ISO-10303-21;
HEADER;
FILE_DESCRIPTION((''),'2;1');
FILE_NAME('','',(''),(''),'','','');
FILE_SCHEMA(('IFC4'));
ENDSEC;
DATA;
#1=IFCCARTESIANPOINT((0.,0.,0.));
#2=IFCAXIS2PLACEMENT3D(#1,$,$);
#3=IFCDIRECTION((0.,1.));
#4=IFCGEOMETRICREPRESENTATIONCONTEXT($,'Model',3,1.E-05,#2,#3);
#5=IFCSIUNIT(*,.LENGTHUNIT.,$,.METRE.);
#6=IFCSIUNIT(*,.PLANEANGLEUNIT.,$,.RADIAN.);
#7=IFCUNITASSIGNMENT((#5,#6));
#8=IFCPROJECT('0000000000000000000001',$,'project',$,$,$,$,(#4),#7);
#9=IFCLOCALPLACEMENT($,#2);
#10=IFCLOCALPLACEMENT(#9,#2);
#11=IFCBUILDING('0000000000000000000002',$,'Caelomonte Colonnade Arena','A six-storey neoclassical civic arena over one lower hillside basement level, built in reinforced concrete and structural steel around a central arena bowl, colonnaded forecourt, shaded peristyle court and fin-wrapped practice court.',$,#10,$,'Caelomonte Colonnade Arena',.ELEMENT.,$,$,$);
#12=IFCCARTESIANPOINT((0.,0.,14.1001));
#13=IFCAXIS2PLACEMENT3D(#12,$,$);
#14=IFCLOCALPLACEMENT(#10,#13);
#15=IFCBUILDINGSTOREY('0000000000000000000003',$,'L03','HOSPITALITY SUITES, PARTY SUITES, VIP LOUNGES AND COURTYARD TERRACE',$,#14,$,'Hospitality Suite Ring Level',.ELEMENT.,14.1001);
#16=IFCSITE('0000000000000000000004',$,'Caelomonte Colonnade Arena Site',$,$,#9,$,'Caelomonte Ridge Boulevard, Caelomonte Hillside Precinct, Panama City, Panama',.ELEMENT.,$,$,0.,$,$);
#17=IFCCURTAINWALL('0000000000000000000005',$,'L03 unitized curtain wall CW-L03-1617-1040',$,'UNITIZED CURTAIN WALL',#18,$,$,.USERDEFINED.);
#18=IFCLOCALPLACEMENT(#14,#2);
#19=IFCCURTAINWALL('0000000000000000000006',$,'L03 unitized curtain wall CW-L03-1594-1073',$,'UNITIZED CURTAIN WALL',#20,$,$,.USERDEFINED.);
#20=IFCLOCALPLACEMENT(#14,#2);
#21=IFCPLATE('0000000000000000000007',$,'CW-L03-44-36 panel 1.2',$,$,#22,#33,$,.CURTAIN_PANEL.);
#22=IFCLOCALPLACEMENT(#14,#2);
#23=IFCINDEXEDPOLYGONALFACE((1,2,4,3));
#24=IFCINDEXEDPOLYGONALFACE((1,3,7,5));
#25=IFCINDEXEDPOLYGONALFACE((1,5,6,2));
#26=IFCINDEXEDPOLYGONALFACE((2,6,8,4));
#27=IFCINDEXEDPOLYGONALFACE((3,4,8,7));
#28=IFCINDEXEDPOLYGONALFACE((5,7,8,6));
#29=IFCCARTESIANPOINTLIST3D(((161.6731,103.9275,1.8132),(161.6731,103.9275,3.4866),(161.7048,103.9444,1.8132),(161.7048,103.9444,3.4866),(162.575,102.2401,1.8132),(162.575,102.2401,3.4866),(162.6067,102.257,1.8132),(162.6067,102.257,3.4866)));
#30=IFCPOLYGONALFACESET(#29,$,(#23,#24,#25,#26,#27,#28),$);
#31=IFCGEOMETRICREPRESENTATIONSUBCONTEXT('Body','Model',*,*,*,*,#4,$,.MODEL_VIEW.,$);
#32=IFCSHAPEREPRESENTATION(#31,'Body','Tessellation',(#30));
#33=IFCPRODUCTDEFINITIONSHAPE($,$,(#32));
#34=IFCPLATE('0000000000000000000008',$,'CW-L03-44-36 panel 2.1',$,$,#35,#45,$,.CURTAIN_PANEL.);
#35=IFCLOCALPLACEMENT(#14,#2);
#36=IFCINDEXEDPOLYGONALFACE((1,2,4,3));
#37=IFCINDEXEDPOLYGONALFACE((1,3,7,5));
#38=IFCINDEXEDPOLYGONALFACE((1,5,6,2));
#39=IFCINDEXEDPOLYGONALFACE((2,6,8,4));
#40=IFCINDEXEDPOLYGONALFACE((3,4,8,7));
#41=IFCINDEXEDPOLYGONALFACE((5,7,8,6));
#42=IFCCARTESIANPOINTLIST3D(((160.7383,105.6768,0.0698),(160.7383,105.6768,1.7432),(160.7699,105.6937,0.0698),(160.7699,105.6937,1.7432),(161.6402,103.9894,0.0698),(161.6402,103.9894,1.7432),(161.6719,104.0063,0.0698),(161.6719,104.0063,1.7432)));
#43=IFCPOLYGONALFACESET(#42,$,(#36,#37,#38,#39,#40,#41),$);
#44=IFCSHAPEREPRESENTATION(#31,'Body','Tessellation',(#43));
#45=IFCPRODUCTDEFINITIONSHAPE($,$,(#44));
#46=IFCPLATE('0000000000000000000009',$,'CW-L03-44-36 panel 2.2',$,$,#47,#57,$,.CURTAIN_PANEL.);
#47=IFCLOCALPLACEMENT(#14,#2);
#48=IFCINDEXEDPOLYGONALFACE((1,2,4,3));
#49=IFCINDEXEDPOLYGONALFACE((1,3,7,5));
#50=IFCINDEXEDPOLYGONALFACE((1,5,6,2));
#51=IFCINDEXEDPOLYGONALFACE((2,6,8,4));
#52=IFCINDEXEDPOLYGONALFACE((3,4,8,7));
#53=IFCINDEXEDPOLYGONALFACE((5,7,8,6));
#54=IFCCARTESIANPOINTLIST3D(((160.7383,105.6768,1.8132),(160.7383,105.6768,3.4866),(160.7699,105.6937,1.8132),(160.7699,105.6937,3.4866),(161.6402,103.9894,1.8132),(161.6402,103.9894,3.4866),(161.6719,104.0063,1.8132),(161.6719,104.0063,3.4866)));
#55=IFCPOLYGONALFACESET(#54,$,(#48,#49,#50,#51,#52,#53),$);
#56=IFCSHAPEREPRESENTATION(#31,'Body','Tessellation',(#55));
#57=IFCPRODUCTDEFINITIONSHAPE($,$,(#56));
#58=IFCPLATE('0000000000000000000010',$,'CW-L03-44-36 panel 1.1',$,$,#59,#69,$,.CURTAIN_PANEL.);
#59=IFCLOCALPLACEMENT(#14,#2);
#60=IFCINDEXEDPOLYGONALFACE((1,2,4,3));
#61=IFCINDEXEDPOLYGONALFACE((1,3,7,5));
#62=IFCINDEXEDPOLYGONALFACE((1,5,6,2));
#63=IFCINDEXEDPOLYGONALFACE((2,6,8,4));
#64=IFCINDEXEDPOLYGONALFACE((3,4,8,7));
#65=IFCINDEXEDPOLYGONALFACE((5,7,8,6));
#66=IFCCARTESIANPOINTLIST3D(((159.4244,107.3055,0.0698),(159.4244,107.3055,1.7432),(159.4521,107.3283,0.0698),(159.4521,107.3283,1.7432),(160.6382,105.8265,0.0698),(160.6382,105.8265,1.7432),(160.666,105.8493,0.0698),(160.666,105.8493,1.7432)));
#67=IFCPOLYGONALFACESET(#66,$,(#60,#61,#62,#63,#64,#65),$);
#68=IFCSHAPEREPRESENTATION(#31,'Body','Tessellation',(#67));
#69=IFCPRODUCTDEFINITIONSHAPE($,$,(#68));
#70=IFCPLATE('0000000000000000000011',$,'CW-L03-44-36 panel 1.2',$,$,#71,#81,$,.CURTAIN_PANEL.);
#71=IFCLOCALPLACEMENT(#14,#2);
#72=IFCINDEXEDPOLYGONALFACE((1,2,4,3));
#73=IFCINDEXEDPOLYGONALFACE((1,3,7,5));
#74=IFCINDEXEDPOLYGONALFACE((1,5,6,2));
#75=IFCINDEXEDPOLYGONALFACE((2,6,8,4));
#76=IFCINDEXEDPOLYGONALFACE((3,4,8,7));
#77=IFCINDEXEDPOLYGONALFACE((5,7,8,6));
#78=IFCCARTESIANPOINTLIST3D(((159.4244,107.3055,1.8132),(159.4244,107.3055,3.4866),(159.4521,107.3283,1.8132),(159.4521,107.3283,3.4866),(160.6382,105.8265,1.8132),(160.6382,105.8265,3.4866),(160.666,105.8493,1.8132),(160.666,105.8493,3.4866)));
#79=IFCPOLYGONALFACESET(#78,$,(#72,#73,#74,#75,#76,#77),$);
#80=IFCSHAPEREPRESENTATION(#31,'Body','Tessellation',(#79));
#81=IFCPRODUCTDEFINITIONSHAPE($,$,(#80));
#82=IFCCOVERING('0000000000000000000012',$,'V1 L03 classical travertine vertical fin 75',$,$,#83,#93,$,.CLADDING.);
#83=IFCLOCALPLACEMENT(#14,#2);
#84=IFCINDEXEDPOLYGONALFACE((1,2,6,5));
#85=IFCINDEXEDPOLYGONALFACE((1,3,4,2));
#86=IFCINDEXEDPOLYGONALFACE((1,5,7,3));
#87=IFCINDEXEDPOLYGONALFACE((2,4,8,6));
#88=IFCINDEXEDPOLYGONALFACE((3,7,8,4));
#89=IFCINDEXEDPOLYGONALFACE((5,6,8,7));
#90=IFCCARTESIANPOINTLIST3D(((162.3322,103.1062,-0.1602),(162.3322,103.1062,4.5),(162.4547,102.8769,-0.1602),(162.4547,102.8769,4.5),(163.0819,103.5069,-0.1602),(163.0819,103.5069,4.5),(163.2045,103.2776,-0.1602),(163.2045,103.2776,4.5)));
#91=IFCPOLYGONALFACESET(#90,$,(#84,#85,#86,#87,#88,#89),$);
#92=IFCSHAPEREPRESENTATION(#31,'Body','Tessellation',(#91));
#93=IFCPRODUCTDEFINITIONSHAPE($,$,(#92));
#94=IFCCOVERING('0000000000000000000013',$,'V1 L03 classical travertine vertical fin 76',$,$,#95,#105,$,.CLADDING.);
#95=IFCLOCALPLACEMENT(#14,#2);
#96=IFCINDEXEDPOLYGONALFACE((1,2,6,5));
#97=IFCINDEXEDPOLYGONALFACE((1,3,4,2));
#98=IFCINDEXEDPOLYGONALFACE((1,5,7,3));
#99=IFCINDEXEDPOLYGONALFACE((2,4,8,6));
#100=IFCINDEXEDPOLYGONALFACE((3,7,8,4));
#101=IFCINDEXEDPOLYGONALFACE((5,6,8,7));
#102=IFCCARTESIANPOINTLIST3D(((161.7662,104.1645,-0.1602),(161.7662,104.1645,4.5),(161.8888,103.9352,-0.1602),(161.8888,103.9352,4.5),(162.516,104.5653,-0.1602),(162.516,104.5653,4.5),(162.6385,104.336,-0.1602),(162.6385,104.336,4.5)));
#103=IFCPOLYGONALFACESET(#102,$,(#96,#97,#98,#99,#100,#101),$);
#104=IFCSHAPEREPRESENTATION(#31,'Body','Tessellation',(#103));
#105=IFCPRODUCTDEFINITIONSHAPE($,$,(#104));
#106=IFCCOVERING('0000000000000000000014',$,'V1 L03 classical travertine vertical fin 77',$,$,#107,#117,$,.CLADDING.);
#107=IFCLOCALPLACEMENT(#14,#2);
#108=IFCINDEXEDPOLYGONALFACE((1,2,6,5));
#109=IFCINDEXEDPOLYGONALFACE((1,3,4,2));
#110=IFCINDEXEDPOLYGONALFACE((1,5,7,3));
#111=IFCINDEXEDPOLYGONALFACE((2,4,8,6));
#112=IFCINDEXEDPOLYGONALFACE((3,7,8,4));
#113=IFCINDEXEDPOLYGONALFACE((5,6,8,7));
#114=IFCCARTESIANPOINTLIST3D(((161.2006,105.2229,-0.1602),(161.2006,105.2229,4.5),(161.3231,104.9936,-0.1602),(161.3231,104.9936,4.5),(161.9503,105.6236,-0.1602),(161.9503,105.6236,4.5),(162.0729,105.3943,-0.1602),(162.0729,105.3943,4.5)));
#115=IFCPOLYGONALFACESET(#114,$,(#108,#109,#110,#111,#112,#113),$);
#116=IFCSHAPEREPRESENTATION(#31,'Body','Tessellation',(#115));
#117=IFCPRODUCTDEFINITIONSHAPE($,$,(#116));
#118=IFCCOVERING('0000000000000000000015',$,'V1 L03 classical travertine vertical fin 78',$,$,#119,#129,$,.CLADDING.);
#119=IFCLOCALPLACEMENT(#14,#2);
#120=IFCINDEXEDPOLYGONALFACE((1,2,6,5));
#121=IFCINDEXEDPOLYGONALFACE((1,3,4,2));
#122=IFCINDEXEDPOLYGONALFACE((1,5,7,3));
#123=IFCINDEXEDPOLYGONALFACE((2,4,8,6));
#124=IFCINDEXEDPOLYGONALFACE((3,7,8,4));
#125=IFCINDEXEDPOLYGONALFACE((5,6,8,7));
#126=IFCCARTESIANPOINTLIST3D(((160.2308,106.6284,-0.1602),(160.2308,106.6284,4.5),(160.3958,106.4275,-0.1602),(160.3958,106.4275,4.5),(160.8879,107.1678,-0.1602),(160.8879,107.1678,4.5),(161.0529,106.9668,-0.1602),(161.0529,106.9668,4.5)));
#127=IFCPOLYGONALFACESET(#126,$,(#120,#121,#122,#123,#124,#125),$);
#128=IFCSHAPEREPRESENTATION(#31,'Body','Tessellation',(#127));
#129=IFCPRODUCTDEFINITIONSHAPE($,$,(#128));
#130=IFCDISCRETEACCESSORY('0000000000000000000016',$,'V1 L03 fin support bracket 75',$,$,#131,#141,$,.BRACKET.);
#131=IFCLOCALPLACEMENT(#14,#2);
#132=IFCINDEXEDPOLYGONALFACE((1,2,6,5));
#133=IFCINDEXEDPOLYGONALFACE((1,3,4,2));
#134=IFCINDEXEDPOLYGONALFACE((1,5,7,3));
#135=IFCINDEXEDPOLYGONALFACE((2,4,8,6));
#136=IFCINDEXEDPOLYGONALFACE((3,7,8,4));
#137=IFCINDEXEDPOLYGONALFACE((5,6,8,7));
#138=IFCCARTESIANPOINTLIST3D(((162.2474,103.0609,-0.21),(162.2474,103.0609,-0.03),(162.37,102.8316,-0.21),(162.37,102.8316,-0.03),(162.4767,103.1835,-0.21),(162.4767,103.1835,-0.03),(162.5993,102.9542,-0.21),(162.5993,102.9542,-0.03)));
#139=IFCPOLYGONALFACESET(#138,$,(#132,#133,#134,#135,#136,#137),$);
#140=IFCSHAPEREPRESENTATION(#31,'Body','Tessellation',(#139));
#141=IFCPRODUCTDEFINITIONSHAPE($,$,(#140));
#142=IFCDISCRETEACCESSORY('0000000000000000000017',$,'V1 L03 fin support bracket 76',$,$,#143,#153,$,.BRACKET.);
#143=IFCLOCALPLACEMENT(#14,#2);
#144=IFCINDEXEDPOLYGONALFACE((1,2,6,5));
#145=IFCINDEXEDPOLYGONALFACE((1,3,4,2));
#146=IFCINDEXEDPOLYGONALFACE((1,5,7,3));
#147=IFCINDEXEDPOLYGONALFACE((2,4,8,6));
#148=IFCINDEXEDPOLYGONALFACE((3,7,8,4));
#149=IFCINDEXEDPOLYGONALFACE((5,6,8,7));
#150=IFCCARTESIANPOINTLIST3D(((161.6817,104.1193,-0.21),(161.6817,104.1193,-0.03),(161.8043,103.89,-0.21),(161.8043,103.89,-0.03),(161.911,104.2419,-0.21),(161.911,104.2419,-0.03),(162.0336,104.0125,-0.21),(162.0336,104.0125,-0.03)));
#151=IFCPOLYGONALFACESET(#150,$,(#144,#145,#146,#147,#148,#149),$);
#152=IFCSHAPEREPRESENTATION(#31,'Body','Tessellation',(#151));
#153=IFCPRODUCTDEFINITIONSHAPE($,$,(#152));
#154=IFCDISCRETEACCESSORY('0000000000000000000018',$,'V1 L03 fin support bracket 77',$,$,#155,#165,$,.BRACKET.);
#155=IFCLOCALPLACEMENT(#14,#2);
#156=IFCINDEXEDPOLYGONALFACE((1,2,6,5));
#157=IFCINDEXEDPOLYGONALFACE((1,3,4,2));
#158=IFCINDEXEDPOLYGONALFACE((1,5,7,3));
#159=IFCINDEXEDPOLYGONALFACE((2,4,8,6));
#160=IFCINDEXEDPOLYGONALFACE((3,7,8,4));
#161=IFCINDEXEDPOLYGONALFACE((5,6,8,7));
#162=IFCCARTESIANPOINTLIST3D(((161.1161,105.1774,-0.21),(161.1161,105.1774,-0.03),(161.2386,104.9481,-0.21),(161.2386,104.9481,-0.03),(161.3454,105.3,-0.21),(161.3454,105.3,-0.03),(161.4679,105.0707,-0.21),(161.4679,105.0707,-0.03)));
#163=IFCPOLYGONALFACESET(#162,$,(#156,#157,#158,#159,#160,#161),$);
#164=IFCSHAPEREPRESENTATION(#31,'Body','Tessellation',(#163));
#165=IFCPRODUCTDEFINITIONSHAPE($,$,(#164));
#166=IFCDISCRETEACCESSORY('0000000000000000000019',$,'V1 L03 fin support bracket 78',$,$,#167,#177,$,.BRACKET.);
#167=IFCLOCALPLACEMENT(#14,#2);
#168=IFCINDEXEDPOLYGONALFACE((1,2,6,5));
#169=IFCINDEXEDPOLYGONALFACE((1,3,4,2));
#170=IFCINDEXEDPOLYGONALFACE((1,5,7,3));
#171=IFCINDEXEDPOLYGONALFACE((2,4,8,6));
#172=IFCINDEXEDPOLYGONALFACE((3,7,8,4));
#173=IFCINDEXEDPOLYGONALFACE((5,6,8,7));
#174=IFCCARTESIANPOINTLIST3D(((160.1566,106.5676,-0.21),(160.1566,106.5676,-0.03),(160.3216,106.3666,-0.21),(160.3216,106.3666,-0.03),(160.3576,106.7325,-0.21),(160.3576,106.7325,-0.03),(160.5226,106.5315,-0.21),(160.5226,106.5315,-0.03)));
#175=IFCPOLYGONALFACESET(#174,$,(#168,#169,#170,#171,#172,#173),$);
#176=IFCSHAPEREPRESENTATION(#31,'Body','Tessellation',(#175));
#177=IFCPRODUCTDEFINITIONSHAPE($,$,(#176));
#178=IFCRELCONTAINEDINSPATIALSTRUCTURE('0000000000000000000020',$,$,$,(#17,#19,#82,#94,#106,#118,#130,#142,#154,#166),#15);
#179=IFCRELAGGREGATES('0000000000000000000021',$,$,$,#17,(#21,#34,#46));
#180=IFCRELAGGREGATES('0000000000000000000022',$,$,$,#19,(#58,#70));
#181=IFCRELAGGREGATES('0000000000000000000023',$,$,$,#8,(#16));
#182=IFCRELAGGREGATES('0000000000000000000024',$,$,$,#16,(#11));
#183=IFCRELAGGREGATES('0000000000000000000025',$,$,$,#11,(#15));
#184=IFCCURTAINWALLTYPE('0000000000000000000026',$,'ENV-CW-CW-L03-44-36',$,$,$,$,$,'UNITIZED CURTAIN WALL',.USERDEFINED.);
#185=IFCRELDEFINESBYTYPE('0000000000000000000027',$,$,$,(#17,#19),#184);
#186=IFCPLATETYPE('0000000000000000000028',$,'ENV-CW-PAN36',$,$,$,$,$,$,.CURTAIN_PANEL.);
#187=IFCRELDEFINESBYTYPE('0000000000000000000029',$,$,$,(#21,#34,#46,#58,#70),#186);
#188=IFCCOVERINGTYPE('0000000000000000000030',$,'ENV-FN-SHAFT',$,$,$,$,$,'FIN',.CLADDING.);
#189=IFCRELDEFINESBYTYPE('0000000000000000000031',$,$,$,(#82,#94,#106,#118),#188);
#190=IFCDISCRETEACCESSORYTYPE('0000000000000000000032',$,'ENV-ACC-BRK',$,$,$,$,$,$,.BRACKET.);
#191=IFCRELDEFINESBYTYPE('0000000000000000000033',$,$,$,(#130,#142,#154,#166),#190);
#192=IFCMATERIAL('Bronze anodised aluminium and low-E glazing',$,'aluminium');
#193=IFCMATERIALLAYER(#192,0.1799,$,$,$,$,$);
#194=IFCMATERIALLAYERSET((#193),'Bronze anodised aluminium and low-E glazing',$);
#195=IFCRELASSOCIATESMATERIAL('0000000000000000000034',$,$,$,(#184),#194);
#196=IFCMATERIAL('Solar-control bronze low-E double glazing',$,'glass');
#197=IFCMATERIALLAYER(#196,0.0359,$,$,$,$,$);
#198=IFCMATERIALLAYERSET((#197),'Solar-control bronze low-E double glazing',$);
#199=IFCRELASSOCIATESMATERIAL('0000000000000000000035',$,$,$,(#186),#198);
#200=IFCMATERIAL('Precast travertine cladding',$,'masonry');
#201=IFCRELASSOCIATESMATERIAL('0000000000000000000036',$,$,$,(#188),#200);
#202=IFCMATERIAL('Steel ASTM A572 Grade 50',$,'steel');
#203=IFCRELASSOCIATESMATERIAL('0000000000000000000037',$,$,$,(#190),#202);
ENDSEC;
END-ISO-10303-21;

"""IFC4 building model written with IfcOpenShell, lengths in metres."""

from ifc_helpers import new_model, si_unit, direction, frame, origin, origin_2d, place, context, subcontext, project, spatial, rectangle, extrude, material, layer, layer_set, material_profile, profile_set, type_object, element, aggregate, save


model = new_model("IFC4")

# Units and contexts
model_context = context("Model", 3, precision=1e-05, world=origin(), true_north=direction((0.0, 1.0)))
body_context = subcontext(model_context, "Body", "Model", "MODEL_VIEW")
ifc_project = project(units=[si_unit("LENGTHUNIT", "METRE"), si_unit("PLANEANGLEUNIT", "RADIAN")], contexts=[model_context])

# Site, building, storey
site_placement = place(None, origin())
site = spatial("IfcSite", under=ifc_project, at=site_placement, Name="Caelomonte Colonnade Arena Site", LongName="Caelomonte Ridge Boulevard, Caelomonte Hillside Precinct, Panama City, Panama", CompositionType="ELEMENT", RefElevation=0.0)
building_placement = place(site_placement, origin())
building = spatial("IfcBuilding", under=site, at=building_placement, Name="Caelomonte Colonnade Arena", Description="A six-storey neoclassical civic arena over one lower hillside basement level, built in reinforced concrete and structural steel around a central arena bowl, colonnaded forecourt, shaded peristyle court and fin-wrapped practice court.", LongName="Caelomonte Colonnade Arena", CompositionType="ELEMENT")
storey_placement = place(building_placement, frame((0.0, 0.0, 14.1001)))
storey = spatial("IfcBuildingStorey", under=building, at=storey_placement, Name="L03", Description="HOSPITALITY SUITES, PARTY SUITES, VIP LOUNGES AND COURTYARD TERRACE", LongName="Hospitality Suite Ring Level", CompositionType="ELEMENT", Elevation=14.1001)

# Shared definitions
ifc_material_1 = material(Name="Bronze anodised aluminium and low-E glazing", Category="aluminium")

# Curtain walls
ifc_layer_1 = layer(ifc_material_1, 0.1799)
ifc_layer_set_1 = layer_set([ifc_layer_1], Name="Bronze anodised aluminium and low-E glazing")
curtain_wall_type_1 = type_object("IfcCurtainWallType", Name="ENV-CW-CW-L03-44-36", ElementType="UNITIZED CURTAIN WALL", PredefinedType="USERDEFINED", material=ifc_layer_set_1)
curtain_wall_1_placement = place(storey_placement, origin())
curtain_wall_1 = element("IfcCurtainWall", 1, at=curtain_wall_1_placement, inside=storey, type_object=curtain_wall_type_1, Name="L03 unitized curtain wall CW-L03-1617-1040", ObjectType="UNITIZED CURTAIN WALL", PredefinedType="USERDEFINED")
curtain_wall_2_placement = place(storey_placement, origin())
curtain_wall_2 = element("IfcCurtainWall", 2, at=curtain_wall_2_placement, inside=storey, type_object=curtain_wall_type_1, Name="L03 unitized curtain wall CW-L03-1594-1073", ObjectType="UNITIZED CURTAIN WALL", PredefinedType="USERDEFINED")

# Plates
ifc_material_2 = material(Name="Solar-control bronze low-E double glazing", Category="glass")
ifc_layer_2 = layer(ifc_material_2, 0.0359)
ifc_layer_set_2 = layer_set([ifc_layer_2], Name="Solar-control bronze low-E double glazing")
plate_type = type_object("IfcPlateType", Name="ENV-CW-PAN36", PredefinedType="CURTAIN_PANEL", material=ifc_layer_set_2)
plate_1_placement = place(storey_placement, frame((162.1399, 103.0923, 1.8132), z_axis=(0.0, 0.0, 1.0), x_axis=(-0.471394, 0.881923, 0.0)))
plate_1 = element("IfcPlate", 3, at=plate_1_placement, type_object=plate_type, Name="CW-L03-44-36 panel 1.2", PredefinedType="CURTAIN_PANEL", context=body_context, shape_type="SweptSolid", body=[
    extrude(rectangle(XDim=1.9133, YDim=0.0359, at=origin_2d()), origin(), (0.0, 0.0, 1.0), 1.6733),
])
plate_2_placement = place(storey_placement, frame((161.2051, 104.8416, 0.0698), z_axis=(0.0, 0.0, 1.0), x_axis=(-0.471394, 0.881923, 0.0)))
plate_2 = element("IfcPlate", 4, at=plate_2_placement, type_object=plate_type, Name="CW-L03-44-36 panel 2.1", PredefinedType="CURTAIN_PANEL", context=body_context, shape_type="SweptSolid", body=[
    extrude(rectangle(XDim=1.9133, YDim=0.0359, at=origin_2d()), origin(), (0.0, 0.0, 1.0), 1.6733),
])
plate_3_placement = place(storey_placement, frame((161.2051, 104.8416, 1.8132), z_axis=(0.0, 0.0, 1.0), x_axis=(-0.471394, 0.881923, 0.0)))
plate_3 = element("IfcPlate", 5, at=plate_3_placement, type_object=plate_type, Name="CW-L03-44-36 panel 2.2", PredefinedType="CURTAIN_PANEL", context=body_context, shape_type="SweptSolid", body=[
    extrude(rectangle(XDim=1.9133, YDim=0.0359, at=origin_2d()), origin(), (0.0, 0.0, 1.0), 1.6733),
])
aggregate(curtain_wall_1, [plate_1, plate_2, plate_3])
plate_4_placement = place(storey_placement, frame((160.0452, 106.5774, 0.0698), z_axis=(0.0, 0.0, 1.0), x_axis=(-0.634416, 0.772992, 0.0)))
plate_4 = element("IfcPlate", 6, at=plate_4_placement, type_object=plate_type, Name="CW-L03-44-36 panel 1.1", PredefinedType="CURTAIN_PANEL", context=body_context, shape_type="SweptSolid", body=[
    extrude(rectangle(XDim=1.9133, YDim=0.0359, at=origin_2d()), origin(), (0.0, 0.0, 1.0), 1.6733),
])
plate_5_placement = place(storey_placement, frame((160.0452, 106.5774, 1.8132), z_axis=(0.0, 0.0, 1.0), x_axis=(-0.634416, 0.772992, 0.0)))
plate_5 = element("IfcPlate", 7, at=plate_5_placement, type_object=plate_type, Name="CW-L03-44-36 panel 1.2", PredefinedType="CURTAIN_PANEL", context=body_context, shape_type="SweptSolid", body=[
    extrude(rectangle(XDim=1.9133, YDim=0.0359, at=origin_2d()), origin(), (0.0, 0.0, 1.0), 1.6733),
])
aggregate(curtain_wall_2, [plate_4, plate_5])

# Coverings
ifc_material_3 = material(Name="Precast travertine cladding", Category="masonry")
ifc_material_profile_1 = material_profile(ifc_material_3, rectangle(XDim=0.26, YDim=0.8501, at=origin_2d()), Name="FIN260X850")
ifc_profile_set_1 = profile_set([ifc_material_profile_1], Name="Precast travertine cladding")
covering_type = type_object("IfcCoveringType", Name="ENV-FN-SHAFT", ElementType="FIN", PredefinedType="CLADDING", material=ifc_profile_set_1)
for number, where, z_axis, x_axis, name in (
    (8, (162.7683, 103.1919, -0.1602), (0.0, 0.0, 1.0), (0.471397, -0.881921, 0.0), "V1 L03 classical travertine vertical fin 75"),
    (9, (162.2024, 104.2502, -0.1602), (0.0, 0.0, 1.0), (0.471397, -0.881921, 0.0), "V1 L03 classical travertine vertical fin 76"),
    (10, (161.6367, 105.3086, -0.1602), (0.0, 0.0, 1.0), (0.471397, -0.881921, 0.0), "V1 L03 classical travertine vertical fin 77"),
    (11, (160.6418, 106.7976, -0.1602), (0.0, 0.0, 1.0), (0.634414, -0.772994, 0.0), "V1 L03 classical travertine vertical fin 78"),
):
    element("IfcCovering", number, at=place(storey_placement, frame(where, z_axis=z_axis, x_axis=x_axis)), inside=storey, type_object=covering_type, Name=name, PredefinedType="CLADDING", context=body_context, shape_type="SweptSolid", body=[
        extrude(rectangle(XDim=0.26, YDim=0.8501, at=origin_2d()), origin(), (0.0, 0.0, 1.0), 4.6602),
    ])

# Discrete accessories
ifc_material_4 = material(Name="Steel ASTM A572 Grade 50", Category="steel")
discrete_accessory_type = type_object("IfcDiscreteAccessoryType", Name="ENV-ACC-BRK", PredefinedType="BRACKET", material=ifc_material_4)
for number, where, z_axis, x_axis, name in (
    (12, (162.4233, 103.0076, -0.21), (0.0, 0.0, 1.0), (-0.471397, 0.881921, 0.0), "V1 L03 fin support bracket 75"),
    (13, (161.8577, 104.0659, -0.21), (0.0, 0.0, 1.0), (-0.471397, 0.881921, 0.0), "V1 L03 fin support bracket 76"),
    (14, (161.292, 105.124, -0.21), (0.0, 0.0, 1.0), (-0.471397, 0.881921, 0.0), "V1 L03 fin support bracket 77"),
    (15, (160.3396, 106.5496, -0.21), (0.0, 0.0, 1.0), (-0.634414, 0.772994, 0.0), "V1 L03 fin support bracket 78"),
):
    element("IfcDiscreteAccessory", number, at=place(storey_placement, frame(where, z_axis=z_axis, x_axis=x_axis)), inside=storey, type_object=discrete_accessory_type, Name=name, PredefinedType="BRACKET", context=body_context, shape_type="SweptSolid", body=[
        extrude(rectangle(XDim=0.26, YDim=0.26, at=origin_2d()), origin(), (0.0, 0.0, 1.0), 0.1799),
    ])

save(model, "model.ifc")
